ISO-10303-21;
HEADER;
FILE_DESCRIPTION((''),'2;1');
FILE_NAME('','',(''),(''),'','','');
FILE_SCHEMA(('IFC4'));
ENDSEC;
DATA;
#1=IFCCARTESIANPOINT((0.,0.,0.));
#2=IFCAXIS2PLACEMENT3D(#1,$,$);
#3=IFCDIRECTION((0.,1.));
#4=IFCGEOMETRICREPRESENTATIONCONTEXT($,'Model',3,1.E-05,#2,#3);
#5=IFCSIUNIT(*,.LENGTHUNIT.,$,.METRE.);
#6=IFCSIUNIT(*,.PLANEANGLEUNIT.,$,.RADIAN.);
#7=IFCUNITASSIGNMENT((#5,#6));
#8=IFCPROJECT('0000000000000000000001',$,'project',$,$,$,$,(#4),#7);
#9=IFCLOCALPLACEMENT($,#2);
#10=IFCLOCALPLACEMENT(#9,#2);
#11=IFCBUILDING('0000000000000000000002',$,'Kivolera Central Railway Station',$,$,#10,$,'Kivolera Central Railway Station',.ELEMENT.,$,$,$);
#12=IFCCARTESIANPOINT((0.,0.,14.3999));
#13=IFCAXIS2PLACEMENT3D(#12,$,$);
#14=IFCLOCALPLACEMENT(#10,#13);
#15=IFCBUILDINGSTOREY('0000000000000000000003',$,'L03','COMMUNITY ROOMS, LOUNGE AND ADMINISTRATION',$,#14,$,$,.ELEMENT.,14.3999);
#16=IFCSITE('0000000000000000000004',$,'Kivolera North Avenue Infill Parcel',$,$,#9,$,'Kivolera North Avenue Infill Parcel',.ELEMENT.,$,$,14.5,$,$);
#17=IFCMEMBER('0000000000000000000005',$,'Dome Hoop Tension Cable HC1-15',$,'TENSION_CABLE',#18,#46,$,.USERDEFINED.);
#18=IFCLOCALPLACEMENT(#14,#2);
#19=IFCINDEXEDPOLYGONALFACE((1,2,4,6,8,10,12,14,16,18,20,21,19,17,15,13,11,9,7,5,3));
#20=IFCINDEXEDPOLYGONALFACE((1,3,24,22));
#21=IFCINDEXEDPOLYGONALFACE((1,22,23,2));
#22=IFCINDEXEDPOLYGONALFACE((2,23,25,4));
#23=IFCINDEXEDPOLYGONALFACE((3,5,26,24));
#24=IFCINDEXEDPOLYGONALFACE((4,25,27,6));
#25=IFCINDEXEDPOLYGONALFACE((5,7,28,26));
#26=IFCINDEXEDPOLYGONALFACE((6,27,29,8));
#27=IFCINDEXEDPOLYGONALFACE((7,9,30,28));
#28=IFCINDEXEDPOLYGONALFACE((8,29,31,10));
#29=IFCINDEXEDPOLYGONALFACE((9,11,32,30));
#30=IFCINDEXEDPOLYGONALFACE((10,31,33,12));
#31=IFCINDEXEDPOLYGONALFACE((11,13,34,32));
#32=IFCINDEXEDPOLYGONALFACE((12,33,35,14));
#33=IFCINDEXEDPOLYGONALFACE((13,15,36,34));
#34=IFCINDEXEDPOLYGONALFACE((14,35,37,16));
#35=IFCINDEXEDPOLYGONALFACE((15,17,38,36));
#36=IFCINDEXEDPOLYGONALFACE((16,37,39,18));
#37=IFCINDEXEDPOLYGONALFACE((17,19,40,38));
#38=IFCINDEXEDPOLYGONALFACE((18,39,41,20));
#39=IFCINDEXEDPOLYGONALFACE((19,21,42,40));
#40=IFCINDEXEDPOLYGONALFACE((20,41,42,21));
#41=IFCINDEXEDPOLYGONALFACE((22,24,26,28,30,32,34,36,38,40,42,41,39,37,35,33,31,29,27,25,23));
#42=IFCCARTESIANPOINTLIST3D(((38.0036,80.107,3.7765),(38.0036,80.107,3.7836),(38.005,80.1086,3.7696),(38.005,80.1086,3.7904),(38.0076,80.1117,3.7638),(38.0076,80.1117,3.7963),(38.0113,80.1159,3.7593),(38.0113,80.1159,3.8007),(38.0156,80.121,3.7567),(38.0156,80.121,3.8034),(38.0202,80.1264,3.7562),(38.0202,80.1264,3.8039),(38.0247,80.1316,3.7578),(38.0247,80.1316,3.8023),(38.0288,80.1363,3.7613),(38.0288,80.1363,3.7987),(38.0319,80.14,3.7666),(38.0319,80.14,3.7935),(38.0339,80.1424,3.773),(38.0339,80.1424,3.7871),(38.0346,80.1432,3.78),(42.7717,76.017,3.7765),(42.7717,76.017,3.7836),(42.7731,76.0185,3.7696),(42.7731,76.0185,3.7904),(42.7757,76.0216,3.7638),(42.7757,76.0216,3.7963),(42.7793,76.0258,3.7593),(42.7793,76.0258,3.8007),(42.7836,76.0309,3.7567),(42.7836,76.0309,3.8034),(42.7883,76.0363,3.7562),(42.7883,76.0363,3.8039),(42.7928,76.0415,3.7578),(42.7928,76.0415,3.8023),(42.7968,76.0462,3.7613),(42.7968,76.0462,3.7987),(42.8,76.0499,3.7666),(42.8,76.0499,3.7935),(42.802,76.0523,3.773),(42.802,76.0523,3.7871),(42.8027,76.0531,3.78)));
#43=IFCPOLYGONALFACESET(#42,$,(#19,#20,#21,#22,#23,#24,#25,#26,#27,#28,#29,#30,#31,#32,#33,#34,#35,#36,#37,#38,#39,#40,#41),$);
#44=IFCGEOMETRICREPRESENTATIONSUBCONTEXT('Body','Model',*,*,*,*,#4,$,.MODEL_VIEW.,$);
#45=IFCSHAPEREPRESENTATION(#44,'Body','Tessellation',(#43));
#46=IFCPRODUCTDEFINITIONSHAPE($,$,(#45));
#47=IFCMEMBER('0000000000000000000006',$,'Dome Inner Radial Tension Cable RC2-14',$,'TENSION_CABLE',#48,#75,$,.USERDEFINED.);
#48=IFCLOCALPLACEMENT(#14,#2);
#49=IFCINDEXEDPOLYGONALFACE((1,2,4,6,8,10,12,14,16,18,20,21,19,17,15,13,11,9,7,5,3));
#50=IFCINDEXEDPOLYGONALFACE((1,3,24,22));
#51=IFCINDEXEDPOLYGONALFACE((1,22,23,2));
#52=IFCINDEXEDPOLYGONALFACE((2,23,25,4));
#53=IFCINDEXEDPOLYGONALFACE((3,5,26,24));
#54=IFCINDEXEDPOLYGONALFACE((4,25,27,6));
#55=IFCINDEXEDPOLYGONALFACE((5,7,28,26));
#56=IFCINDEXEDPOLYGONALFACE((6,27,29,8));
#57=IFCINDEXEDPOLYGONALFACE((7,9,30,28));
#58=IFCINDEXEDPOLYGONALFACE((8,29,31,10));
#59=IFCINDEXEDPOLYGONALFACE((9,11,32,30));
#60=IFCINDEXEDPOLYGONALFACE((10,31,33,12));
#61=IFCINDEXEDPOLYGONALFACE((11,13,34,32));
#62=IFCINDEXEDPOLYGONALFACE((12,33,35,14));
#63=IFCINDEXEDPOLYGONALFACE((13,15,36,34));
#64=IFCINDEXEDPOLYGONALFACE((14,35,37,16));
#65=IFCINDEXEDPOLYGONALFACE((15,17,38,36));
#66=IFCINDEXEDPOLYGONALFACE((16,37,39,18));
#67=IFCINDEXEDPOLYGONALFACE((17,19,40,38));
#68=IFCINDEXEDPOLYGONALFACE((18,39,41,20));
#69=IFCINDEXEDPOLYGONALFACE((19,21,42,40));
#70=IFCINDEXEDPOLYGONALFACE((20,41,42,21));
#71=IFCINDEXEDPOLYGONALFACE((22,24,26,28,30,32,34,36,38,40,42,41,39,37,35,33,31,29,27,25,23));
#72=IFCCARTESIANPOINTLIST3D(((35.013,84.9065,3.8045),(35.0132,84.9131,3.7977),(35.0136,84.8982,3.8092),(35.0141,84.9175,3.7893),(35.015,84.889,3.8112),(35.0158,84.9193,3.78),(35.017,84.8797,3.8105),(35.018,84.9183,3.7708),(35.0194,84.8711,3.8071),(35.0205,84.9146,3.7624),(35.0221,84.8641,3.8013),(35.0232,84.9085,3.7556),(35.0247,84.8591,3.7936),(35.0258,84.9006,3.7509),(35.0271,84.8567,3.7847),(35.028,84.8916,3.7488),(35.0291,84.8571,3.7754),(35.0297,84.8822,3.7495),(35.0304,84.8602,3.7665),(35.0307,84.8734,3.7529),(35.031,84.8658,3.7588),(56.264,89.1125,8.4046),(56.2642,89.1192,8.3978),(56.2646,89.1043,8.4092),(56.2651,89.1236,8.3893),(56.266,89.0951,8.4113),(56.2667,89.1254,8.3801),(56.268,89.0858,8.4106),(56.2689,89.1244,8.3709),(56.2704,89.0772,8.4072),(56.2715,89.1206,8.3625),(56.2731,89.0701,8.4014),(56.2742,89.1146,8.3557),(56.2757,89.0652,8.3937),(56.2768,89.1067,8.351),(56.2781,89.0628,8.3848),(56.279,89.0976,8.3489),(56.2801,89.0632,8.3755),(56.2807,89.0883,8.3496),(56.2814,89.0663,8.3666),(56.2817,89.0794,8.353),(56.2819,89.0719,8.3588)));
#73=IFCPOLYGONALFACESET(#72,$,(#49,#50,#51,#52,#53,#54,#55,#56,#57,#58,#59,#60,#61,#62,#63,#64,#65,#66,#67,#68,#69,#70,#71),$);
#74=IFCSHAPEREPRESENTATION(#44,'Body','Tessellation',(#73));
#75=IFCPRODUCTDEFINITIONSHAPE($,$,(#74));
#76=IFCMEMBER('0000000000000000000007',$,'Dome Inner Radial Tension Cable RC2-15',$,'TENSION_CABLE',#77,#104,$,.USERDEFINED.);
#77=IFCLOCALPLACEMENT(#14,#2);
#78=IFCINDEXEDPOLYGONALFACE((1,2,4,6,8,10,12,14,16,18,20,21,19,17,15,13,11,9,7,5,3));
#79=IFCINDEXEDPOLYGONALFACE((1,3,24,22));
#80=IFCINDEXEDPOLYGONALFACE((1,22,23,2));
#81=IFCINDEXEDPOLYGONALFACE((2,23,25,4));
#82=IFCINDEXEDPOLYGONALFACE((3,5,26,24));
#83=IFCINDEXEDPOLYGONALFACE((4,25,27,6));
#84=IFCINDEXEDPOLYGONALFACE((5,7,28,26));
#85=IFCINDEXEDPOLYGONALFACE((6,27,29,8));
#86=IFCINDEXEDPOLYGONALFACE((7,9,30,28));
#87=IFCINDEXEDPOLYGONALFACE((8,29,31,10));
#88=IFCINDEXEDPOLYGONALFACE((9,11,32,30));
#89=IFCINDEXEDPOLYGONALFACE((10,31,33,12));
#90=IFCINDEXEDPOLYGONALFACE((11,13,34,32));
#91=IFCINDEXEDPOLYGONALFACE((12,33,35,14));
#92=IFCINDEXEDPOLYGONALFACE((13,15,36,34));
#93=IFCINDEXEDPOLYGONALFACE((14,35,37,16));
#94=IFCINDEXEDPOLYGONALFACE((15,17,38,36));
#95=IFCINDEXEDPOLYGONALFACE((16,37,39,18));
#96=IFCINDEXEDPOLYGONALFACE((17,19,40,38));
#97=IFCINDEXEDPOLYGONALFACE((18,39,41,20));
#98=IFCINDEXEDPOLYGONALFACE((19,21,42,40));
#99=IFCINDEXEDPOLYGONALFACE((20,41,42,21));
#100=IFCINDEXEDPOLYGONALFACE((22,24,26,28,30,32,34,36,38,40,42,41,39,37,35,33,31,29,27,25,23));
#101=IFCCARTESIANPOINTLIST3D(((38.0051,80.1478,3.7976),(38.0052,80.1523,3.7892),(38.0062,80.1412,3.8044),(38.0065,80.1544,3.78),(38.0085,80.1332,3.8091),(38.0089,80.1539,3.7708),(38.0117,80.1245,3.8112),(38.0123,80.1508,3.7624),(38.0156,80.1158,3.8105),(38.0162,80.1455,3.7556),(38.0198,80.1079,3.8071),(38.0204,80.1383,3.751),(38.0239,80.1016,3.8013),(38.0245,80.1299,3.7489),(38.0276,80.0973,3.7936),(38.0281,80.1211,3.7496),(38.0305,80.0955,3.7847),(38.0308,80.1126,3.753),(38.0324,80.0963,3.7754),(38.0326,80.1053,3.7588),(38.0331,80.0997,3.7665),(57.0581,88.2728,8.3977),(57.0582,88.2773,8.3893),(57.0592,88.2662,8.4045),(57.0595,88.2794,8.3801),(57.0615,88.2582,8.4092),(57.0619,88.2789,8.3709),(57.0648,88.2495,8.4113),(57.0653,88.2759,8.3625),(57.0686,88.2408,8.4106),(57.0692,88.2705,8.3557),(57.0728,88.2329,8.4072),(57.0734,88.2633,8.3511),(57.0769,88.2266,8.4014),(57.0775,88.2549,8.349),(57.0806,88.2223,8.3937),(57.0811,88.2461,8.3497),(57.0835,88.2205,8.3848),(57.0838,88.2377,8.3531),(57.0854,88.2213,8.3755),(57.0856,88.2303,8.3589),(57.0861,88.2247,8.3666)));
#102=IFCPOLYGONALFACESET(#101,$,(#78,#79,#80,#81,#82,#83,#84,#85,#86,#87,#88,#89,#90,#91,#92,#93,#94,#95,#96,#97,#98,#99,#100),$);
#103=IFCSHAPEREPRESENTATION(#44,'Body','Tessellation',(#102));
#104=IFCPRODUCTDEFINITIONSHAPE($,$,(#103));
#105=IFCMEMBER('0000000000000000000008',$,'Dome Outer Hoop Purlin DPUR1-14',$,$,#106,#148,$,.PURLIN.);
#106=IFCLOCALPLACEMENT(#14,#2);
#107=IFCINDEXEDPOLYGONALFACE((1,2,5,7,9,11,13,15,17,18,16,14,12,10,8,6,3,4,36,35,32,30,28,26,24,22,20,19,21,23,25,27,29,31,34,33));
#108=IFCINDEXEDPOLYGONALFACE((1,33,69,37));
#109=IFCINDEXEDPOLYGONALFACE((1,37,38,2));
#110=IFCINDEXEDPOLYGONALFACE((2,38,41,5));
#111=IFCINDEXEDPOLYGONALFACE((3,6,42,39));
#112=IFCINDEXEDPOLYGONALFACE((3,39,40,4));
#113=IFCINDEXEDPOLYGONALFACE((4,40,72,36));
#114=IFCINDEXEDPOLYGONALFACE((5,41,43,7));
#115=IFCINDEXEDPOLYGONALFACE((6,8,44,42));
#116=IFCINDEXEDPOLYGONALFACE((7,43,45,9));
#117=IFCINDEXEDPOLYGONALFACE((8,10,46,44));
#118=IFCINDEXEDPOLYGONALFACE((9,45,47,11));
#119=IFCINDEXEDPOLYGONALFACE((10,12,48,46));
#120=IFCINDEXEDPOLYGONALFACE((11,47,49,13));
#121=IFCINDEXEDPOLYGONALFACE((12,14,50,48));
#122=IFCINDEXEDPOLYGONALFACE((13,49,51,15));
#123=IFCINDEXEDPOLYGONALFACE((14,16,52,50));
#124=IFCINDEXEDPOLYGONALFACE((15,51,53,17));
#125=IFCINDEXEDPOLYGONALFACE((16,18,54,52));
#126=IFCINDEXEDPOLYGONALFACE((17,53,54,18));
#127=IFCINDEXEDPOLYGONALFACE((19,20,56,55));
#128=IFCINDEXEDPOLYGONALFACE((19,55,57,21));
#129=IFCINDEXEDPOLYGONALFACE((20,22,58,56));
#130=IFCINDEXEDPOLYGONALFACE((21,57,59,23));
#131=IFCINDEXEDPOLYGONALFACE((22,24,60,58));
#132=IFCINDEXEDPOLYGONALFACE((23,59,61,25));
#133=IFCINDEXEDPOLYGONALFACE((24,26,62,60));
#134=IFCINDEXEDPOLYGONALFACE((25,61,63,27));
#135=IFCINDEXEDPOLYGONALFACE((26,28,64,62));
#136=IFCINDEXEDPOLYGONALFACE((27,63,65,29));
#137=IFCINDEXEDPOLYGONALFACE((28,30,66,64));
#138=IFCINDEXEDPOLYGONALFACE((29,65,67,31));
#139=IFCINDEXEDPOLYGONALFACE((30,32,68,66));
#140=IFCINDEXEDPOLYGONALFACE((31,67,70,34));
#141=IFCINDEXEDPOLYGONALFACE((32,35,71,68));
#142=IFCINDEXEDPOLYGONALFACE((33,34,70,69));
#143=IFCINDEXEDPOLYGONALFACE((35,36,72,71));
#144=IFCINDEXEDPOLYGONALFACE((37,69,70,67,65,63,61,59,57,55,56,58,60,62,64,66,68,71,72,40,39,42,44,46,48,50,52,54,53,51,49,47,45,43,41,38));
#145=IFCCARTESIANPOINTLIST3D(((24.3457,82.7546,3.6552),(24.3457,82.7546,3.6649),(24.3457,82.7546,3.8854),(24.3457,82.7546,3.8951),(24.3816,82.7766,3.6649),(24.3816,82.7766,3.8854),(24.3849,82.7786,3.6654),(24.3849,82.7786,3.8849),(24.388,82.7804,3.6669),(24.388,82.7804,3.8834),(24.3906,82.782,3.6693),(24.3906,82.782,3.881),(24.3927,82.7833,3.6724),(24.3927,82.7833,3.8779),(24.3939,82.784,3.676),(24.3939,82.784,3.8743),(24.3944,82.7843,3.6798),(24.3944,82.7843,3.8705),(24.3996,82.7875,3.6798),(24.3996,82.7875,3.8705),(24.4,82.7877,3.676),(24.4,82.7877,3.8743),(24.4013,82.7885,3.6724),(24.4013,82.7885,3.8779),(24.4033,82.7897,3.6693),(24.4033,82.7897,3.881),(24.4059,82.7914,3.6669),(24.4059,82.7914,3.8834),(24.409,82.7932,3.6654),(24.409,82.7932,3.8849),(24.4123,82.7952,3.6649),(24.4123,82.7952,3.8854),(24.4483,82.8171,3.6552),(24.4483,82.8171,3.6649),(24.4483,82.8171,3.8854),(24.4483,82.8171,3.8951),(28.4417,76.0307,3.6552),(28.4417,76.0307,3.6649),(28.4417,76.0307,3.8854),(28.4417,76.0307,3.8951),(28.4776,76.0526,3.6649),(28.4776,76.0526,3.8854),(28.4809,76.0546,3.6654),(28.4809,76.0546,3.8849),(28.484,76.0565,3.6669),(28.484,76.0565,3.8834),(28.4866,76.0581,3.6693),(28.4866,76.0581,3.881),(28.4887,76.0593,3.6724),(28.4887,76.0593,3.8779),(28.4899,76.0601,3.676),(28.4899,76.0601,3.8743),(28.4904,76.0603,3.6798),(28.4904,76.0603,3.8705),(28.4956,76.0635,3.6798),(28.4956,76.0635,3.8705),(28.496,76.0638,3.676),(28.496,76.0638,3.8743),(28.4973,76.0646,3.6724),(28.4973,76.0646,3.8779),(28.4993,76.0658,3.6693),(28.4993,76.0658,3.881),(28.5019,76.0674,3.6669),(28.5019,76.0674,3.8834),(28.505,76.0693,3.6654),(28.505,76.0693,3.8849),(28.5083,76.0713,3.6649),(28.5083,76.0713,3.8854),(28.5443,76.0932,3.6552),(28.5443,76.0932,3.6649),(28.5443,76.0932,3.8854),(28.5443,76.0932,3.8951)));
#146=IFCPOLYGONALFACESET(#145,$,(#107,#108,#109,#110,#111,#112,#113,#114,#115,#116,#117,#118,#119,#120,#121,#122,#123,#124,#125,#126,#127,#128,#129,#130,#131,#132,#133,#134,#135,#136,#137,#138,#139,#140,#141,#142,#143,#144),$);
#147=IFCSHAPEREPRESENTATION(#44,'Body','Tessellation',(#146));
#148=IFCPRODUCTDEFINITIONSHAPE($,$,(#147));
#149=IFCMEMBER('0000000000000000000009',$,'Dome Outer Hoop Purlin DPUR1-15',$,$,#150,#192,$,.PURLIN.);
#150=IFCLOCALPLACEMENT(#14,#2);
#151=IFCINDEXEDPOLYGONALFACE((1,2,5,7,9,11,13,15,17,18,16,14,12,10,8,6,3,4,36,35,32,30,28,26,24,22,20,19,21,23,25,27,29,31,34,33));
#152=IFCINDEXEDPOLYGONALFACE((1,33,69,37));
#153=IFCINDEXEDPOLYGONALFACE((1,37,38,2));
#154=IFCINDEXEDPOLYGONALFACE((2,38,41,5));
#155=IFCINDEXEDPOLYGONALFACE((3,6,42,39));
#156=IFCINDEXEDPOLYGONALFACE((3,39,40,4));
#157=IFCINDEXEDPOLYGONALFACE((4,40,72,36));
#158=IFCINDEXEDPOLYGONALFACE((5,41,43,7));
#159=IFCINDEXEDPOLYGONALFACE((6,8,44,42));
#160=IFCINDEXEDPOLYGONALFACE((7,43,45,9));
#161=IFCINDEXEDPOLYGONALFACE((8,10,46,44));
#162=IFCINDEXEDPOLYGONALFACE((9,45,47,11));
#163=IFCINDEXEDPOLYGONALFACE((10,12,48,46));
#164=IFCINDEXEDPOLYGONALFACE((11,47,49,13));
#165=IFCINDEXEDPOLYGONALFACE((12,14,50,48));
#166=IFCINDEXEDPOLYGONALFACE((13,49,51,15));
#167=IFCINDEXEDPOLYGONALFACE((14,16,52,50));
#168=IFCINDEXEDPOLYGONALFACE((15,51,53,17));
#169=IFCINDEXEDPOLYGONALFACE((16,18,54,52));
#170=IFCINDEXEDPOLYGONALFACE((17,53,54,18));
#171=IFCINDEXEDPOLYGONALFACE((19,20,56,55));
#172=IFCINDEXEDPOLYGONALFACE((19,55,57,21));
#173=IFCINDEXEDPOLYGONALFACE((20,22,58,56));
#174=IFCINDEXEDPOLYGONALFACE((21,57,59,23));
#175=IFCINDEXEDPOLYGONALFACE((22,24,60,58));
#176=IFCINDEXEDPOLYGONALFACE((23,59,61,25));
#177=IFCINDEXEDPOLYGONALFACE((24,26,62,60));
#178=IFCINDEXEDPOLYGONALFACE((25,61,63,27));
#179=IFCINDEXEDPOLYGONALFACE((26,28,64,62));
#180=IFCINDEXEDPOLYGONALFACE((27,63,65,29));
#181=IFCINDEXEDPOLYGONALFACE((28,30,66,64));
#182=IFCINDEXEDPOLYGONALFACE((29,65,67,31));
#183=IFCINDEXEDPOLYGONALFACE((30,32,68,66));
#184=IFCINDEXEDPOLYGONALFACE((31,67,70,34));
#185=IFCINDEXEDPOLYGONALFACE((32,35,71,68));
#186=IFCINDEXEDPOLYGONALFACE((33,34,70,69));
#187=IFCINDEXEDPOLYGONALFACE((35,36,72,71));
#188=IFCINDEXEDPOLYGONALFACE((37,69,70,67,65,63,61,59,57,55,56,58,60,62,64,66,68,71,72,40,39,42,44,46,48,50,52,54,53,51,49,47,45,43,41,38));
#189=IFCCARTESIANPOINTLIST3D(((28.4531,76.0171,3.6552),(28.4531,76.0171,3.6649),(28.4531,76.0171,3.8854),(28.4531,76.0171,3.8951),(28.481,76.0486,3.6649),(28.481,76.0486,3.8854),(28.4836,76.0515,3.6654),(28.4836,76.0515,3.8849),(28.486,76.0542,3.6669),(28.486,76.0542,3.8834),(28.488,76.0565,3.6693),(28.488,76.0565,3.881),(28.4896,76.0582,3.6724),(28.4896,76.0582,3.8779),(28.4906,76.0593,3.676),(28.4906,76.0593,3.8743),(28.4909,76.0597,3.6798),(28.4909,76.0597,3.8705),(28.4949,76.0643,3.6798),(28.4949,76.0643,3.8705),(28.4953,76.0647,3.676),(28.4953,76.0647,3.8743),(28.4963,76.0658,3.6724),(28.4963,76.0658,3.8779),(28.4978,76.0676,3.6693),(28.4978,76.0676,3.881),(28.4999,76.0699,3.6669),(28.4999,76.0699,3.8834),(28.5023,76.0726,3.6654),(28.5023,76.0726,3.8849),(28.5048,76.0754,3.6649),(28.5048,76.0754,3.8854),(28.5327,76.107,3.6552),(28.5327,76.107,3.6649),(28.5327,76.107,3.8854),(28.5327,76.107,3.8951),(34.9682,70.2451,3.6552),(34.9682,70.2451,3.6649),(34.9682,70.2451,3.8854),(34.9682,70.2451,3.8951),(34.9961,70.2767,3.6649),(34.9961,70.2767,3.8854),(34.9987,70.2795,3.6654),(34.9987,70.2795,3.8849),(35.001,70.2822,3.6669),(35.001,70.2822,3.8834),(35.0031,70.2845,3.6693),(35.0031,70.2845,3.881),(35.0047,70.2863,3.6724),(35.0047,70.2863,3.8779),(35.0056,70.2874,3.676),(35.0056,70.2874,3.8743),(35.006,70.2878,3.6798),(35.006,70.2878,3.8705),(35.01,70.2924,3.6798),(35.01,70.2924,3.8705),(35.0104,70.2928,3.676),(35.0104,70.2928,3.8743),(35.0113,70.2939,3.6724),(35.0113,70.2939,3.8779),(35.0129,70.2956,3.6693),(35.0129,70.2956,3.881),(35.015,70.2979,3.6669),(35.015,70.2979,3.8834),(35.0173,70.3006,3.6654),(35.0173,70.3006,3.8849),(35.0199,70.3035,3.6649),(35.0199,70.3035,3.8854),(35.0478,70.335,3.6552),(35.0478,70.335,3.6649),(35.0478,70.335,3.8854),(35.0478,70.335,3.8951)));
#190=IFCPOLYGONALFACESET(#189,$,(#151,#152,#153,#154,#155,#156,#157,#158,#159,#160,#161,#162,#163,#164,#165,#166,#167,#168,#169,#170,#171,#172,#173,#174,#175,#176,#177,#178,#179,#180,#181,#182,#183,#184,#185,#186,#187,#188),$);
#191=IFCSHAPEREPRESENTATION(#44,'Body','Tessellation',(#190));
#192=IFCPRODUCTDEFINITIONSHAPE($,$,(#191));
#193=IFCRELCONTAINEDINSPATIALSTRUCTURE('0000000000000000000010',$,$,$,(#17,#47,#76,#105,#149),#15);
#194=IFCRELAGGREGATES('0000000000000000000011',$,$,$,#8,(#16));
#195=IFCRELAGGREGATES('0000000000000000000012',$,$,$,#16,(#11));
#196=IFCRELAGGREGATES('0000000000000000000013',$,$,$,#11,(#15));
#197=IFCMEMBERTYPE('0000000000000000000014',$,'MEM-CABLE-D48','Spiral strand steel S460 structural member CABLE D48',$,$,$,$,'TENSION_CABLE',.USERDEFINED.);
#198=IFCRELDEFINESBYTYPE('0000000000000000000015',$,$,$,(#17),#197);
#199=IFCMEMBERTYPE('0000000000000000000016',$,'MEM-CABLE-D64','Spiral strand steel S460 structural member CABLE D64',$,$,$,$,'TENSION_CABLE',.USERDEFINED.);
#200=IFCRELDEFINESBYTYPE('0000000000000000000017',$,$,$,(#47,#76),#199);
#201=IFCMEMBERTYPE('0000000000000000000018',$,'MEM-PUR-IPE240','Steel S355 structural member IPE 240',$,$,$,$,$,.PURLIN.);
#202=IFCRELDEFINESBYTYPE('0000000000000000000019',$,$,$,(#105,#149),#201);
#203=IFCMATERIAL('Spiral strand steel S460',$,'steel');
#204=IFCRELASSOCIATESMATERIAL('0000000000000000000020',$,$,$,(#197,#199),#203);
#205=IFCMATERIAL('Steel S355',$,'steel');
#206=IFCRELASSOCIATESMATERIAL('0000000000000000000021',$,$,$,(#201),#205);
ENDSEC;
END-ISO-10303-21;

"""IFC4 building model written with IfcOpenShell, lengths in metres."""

from ifc_helpers import new_model, si_unit, direction, frame, origin, origin_2d, place, context, subcontext, project, spatial, circle, i_section, extrude, material, material_profile, profile_set, type_object, element, save


model = new_model("IFC4")

# Units and contexts
model_context = context("Model", 3, precision=1e-05, world=origin(), true_north=direction((0.0, 1.0)))
body_context = subcontext(model_context, "Body", "Model", "MODEL_VIEW")
ifc_project = project(units=[si_unit("LENGTHUNIT", "METRE"), si_unit("PLANEANGLEUNIT", "RADIAN")], contexts=[model_context])

# Site, building, storey
site_placement = place(None, origin())
site = spatial("IfcSite", under=ifc_project, at=site_placement, Name="Kivolera North Avenue Infill Parcel", LongName="Kivolera North Avenue Infill Parcel", CompositionType="ELEMENT", RefElevation=14.5)
building_placement = place(site_placement, origin())
building = spatial("IfcBuilding", under=site, at=building_placement, Name="Kivolera Central Railway Station", LongName="Kivolera Central Railway Station", CompositionType="ELEMENT")
storey_placement = place(building_placement, frame((0.0, 0.0, 14.3999)))
storey = spatial("IfcBuildingStorey", under=building, at=storey_placement, Name="L03", Description="COMMUNITY ROOMS, LOUNGE AND ADMINISTRATION", CompositionType="ELEMENT", Elevation=14.3999)

# Shared definitions
ifc_material_1 = material(Name="Steel S355", Category="steel")

# Members
ifc_material_2 = material(Name="Spiral strand steel S460", Category="steel")
ifc_material_profile_1 = material_profile(ifc_material_2, circle(Radius=0.0239, at=origin_2d()), Name="CABLE D48")
ifc_profile_set_1 = profile_set([ifc_material_profile_1], Name="Spiral strand steel S460")
member_type_1 = type_object("IfcMemberType", Name="MEM-CABLE-D48", Description="Spiral strand steel S460 structural member CABLE D48", ElementType="TENSION_CABLE", PredefinedType="USERDEFINED", material=ifc_profile_set_1)
member_1_placement = place(storey_placement, frame((38.019, 80.125, 3.78), z_axis=(0.759007, -0.651083, 0.0), x_axis=(0.651083, 0.759007, 0.0)))
element("IfcMember", 1, at=member_1_placement, inside=storey, type_object=member_type_1, Name="Dome Hoop Tension Cable HC1-15", ObjectType="TENSION_CABLE", PredefinedType="USERDEFINED", context=body_context, shape_type="SweptSolid", body=[
    extrude(circle(Radius=0.0239, at=origin_2d()), origin(), (0.0, 0.0, 1.0), 6.282),
])
ifc_material_profile_2 = material_profile(ifc_material_2, circle(Radius=0.032, at=origin_2d()), Name="CABLE D64")
ifc_profile_set_2 = profile_set([ifc_material_profile_2], Name="Spiral strand steel S460")
member_type_2 = type_object("IfcMemberType", Name="MEM-CABLE-D64", Description="Spiral strand steel S460 structural member CABLE D64", ElementType="TENSION_CABLE", PredefinedType="USERDEFINED", material=ifc_profile_set_2)
member_2_placement = place(storey_placement, frame((35.022, 84.8879, 3.78), z_axis=(0.959575, 0.189922, 0.207715), x_axis=(-0.194157, 0.980971, 0.0)))
element("IfcMember", 2, at=member_2_placement, inside=storey, type_object=member_type_2, Name="Dome Inner Radial Tension Cable RC2-14", ObjectType="TENSION_CABLE", PredefinedType="USERDEFINED", context=body_context, shape_type="SweptSolid", body=[
    extrude(circle(Radius=0.032, at=origin_2d()), origin(), (0.0, 0.0, 1.0), 22.1462),
])
member_3_placement = place(storey_placement, frame((38.019, 80.125, 3.78), z_axis=(0.897974, 0.382934, 0.216804), x_axis=(-0.392264, 0.919853, 0.0)))
element("IfcMember", 3, at=member_3_placement, inside=storey, type_object=member_type_2, Name="Dome Inner Radial Tension Cable RC2-15", ObjectType="TENSION_CABLE", PredefinedType="USERDEFINED", context=body_context, shape_type="SweptSolid", body=[
    extrude(circle(Radius=0.032, at=origin_2d()), origin(), (0.0, 0.0, 1.0), 21.2178),
])
ifc_material_profile_3 = material_profile(ifc_material_1, i_section(OverallWidth=0.1201, OverallDepth=0.24, WebThickness=0.0061, FlangeThickness=0.0098, FilletRadius=0.0149, at=origin_2d()), Name="IPE 240")
ifc_profile_set_3 = profile_set([ifc_material_profile_3], Name="Steel S355")
member_type_3 = type_object("IfcMemberType", Name="MEM-PUR-IPE240", Description="Steel S355 structural member IPE 240", PredefinedType="PURLIN", material=ifc_profile_set_3)
member_4_placement = place(storey_placement, frame((24.397, 82.7859, 3.7751), z_axis=(0.520239, -0.854021, 0.0), x_axis=(0.854021, 0.520239, 0.0)))
element("IfcMember", 4, at=member_4_placement, inside=storey, type_object=member_type_3, Name="Dome Outer Hoop Purlin DPUR1-14", PredefinedType="PURLIN", context=body_context, shape_type="SweptSolid", body=[
    extrude(i_section(OverallWidth=0.1201, OverallDepth=0.24, WebThickness=0.0061, FlangeThickness=0.0098, FilletRadius=0.0149, at=origin_2d()), origin(), (0.0, 0.0, 1.0), 7.8733),
])
member_5_placement = place(storey_placement, frame((28.4929, 76.062, 3.7751), z_axis=(0.748507, -0.663127, 0.0), x_axis=(0.663127, 0.748507, 0.0)))
element("IfcMember", 5, at=member_5_placement, inside=storey, type_object=member_type_3, Name="Dome Outer Hoop Purlin DPUR1-15", PredefinedType="PURLIN", context=body_context, shape_type="SweptSolid", body=[
    extrude(i_section(OverallWidth=0.1201, OverallDepth=0.24, WebThickness=0.0061, FlangeThickness=0.0098, FilletRadius=0.0149, at=origin_2d()), origin(), (0.0, 0.0, 1.0), 8.7041),
])

save(model, "model.ifc")
